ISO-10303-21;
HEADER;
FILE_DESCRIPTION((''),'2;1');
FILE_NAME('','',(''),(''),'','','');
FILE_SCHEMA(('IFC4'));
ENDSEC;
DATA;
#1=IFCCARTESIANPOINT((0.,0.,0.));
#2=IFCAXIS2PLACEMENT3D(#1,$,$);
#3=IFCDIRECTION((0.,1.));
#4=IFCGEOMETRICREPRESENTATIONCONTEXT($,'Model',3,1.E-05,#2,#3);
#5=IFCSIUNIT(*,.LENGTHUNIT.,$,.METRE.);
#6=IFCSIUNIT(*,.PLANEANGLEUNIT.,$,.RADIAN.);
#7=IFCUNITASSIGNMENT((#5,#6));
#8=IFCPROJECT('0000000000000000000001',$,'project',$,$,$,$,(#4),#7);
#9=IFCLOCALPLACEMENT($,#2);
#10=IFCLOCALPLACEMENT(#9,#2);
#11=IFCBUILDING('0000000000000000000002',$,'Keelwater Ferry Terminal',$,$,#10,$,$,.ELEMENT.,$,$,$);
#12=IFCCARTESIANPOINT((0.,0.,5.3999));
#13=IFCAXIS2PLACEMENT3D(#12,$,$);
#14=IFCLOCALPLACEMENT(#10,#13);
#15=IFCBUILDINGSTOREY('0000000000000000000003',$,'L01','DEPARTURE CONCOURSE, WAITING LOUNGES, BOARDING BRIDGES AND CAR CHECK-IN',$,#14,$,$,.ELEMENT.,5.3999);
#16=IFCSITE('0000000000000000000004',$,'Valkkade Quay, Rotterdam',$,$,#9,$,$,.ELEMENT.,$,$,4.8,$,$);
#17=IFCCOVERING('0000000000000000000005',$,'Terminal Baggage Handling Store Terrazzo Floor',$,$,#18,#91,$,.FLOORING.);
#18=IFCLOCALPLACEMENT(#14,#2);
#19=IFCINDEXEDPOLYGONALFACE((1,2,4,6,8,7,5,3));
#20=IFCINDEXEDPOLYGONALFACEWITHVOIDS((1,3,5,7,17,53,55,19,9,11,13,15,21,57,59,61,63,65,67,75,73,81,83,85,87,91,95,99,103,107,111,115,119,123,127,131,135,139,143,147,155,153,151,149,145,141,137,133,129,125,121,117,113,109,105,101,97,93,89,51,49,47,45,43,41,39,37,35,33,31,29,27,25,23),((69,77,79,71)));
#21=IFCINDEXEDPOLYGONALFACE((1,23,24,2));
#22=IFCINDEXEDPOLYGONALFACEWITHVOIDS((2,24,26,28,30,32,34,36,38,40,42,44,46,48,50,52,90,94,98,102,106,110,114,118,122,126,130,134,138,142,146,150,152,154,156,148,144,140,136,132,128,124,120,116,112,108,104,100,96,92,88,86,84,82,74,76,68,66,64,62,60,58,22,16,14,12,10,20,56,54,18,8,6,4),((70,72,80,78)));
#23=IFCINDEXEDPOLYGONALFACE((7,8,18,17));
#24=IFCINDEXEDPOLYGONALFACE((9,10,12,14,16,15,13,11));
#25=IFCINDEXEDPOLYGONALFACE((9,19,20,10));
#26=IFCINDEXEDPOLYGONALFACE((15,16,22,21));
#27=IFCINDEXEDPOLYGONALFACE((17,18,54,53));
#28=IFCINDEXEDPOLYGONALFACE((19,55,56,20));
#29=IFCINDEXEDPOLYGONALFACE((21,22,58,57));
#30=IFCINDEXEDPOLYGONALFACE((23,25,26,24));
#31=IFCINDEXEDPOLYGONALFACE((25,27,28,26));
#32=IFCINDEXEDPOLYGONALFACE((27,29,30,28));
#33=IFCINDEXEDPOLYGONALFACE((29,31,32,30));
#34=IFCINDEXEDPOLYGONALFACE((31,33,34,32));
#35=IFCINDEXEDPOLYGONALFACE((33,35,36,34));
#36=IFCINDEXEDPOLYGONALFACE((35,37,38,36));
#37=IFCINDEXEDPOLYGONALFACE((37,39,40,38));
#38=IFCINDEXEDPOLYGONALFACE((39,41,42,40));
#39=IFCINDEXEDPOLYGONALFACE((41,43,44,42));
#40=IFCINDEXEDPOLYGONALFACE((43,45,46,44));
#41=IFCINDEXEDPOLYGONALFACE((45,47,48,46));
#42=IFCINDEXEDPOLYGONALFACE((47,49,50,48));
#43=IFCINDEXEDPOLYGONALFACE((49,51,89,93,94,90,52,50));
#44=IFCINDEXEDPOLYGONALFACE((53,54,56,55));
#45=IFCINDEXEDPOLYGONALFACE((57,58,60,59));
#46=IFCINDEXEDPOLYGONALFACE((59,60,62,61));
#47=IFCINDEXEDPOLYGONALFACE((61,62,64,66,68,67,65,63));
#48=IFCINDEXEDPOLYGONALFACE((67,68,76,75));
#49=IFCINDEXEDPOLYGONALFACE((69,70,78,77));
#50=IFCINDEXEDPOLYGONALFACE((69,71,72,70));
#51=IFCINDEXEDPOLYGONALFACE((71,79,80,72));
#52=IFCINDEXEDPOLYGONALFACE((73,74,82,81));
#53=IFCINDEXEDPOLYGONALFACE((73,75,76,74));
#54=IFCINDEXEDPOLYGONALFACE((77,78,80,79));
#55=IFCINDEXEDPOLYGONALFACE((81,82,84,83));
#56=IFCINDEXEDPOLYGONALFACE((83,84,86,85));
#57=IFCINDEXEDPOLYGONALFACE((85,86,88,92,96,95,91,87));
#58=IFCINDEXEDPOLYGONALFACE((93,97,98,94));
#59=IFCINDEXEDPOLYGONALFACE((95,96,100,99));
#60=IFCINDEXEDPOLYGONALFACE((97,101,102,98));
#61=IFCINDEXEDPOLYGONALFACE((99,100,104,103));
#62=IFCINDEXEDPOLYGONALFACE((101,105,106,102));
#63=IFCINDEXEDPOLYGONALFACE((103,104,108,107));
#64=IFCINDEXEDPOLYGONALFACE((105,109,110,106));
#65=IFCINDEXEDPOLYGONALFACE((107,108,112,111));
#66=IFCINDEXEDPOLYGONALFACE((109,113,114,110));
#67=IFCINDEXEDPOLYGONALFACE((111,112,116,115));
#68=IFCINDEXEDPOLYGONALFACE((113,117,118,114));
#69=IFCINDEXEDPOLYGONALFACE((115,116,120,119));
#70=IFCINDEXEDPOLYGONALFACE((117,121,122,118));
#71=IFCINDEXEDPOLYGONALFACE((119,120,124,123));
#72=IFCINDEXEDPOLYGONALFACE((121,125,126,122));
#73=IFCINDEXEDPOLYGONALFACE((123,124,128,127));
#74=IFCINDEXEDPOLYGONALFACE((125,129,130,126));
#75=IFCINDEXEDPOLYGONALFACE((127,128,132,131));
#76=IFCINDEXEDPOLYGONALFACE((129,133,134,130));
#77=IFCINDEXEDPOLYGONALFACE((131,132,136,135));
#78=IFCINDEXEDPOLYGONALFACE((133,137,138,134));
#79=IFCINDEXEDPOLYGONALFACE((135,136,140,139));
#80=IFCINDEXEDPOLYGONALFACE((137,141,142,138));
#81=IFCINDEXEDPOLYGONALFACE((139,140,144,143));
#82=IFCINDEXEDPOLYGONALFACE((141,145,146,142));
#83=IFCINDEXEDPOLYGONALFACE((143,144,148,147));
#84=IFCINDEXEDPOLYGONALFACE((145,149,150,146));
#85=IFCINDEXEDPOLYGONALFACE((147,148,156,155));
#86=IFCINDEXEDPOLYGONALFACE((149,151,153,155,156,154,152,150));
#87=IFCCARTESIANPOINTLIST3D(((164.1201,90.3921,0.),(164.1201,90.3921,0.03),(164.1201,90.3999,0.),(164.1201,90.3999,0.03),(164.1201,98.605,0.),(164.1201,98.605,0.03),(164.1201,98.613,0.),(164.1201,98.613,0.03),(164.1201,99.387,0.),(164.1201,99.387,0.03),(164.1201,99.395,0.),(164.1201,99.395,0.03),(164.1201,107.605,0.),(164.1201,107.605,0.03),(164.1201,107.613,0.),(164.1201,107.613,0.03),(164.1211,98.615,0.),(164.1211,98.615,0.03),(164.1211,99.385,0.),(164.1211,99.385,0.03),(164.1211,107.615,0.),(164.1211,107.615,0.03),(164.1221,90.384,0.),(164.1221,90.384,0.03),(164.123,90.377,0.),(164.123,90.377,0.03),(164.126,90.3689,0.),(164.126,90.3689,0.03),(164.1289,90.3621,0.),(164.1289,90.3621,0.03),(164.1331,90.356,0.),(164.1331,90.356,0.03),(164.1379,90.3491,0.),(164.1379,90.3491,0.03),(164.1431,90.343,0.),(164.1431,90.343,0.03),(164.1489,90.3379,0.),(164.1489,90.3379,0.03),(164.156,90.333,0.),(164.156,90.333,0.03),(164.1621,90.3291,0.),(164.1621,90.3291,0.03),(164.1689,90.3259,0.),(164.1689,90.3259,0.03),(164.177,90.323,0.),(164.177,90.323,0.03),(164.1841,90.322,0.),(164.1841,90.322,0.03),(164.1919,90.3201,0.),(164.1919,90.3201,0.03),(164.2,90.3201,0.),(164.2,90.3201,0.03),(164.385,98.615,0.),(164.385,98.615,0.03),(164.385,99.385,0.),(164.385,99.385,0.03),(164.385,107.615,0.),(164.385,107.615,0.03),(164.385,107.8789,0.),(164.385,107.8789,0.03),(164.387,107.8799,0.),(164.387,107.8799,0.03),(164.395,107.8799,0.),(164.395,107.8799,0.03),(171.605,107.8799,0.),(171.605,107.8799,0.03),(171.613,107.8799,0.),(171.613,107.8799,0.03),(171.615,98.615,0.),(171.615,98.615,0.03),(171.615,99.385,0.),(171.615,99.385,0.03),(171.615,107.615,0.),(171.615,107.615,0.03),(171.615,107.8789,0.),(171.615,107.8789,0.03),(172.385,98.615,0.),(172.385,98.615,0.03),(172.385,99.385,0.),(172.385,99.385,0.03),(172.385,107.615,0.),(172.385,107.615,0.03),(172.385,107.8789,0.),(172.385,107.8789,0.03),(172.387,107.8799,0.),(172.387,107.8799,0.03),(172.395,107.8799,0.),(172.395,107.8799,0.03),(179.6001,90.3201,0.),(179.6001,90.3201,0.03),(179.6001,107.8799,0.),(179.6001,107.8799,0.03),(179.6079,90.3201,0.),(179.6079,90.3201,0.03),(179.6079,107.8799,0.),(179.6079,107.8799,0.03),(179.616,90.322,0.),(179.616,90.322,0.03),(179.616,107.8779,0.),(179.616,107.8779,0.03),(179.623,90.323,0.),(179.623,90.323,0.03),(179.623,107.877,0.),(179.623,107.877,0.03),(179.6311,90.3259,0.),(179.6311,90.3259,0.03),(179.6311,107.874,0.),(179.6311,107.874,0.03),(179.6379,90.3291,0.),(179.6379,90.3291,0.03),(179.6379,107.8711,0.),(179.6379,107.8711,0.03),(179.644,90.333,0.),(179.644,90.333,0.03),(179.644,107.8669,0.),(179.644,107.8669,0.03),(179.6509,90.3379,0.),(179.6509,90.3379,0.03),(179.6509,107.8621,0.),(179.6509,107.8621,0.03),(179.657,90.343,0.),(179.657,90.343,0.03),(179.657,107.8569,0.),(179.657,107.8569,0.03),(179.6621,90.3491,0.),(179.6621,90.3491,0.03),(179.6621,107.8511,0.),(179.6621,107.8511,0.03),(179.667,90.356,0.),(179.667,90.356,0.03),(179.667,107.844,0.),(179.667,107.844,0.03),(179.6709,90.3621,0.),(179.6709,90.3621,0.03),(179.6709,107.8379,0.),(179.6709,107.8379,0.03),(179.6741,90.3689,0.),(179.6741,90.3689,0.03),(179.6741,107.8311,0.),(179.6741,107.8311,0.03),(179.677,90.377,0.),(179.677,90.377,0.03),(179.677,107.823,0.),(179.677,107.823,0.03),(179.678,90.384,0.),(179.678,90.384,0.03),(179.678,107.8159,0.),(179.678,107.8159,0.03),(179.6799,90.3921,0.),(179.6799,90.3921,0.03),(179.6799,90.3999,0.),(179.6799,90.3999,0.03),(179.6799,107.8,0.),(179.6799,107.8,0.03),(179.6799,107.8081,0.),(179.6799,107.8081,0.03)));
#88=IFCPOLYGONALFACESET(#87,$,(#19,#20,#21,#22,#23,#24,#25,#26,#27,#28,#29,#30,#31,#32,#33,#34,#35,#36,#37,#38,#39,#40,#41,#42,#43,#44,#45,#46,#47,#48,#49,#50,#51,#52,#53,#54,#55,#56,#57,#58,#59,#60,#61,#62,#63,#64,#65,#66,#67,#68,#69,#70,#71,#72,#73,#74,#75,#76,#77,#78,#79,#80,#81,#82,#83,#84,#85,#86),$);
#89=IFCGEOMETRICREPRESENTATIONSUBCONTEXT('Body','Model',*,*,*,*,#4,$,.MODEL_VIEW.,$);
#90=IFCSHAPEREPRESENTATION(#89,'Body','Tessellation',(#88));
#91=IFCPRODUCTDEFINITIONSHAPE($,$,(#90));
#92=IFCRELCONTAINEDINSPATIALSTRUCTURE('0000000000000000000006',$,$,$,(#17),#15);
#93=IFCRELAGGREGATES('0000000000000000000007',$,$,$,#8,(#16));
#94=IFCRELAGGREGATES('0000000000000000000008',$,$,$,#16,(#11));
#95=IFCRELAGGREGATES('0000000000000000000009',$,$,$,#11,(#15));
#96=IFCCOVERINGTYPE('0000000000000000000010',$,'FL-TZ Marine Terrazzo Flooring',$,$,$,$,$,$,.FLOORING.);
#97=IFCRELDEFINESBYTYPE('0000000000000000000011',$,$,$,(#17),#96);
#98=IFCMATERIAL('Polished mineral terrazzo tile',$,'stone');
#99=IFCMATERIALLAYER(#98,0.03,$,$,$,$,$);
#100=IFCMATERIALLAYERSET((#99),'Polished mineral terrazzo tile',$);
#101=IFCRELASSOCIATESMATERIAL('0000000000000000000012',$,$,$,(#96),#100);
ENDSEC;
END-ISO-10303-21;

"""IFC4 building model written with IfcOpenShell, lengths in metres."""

from ifc_helpers import new_model, si_unit, direction, frame, origin, place, context, subcontext, project, spatial, polyline, outline, extrude, material, layer, layer_set, type_object, element, save


model = new_model("IFC4")

# Units and contexts
model_context = context("Model", 3, precision=1e-05, world=origin(), true_north=direction((0.0, 1.0)))
body_context = subcontext(model_context, "Body", "Model", "MODEL_VIEW")
ifc_project = project(units=[si_unit("LENGTHUNIT", "METRE"), si_unit("PLANEANGLEUNIT", "RADIAN")], contexts=[model_context])

# Site, building, storey
site_placement = place(None, origin())
site = spatial("IfcSite", under=ifc_project, at=site_placement, Name="Valkkade Quay, Rotterdam", CompositionType="ELEMENT", RefElevation=4.8)
building_placement = place(site_placement, origin())
building = spatial("IfcBuilding", under=site, at=building_placement, Name="Keelwater Ferry Terminal", CompositionType="ELEMENT")
storey_placement = place(building_placement, frame((0.0, 0.0, 5.3999)))
storey = spatial("IfcBuildingStorey", under=building, at=storey_placement, Name="L01", Description="DEPARTURE CONCOURSE, WAITING LOUNGES, BOARDING BRIDGES AND CAR CHECK-IN", CompositionType="ELEMENT", Elevation=5.3999)

# Covering
ifc_material_1 = material(Name="Polished mineral terrazzo tile", Category="stone")
ifc_layer_1 = layer(ifc_material_1, 0.03)
ifc_layer_set_1 = layer_set([ifc_layer_1], Name="Polished mineral terrazzo tile")
covering_type_1 = type_object("IfcCoveringType", Name="FL-TZ Marine Terrazzo Flooring", PredefinedType="FLOORING", material=ifc_layer_set_1)
covering_1_placement = place(storey_placement, origin())
element("IfcCovering", 1, at=covering_1_placement, inside=storey, type_object=covering_type_1, Name="Terminal Baggage Handling Store Terrazzo Floor", PredefinedType="FLOORING", context=body_context, shape_type="SweptSolid", body=[
    extrude(outline(polyline([(171.615, 107.8789), (171.615, 107.615), (172.385, 107.615), (172.385, 107.8789), (172.387, 107.8799), (172.395, 107.8799), (179.6001, 107.8799), (179.6079, 107.8799), (179.616, 107.8779), (179.623, 107.877), (179.6311, 107.874), (179.6379, 107.8711), (179.644, 107.8669), (179.6509, 107.8621), (179.657, 107.8569), (179.6621, 107.8511), (179.667, 107.844), (179.6709, 107.8379), (179.6741, 107.8311), (179.677, 107.823), (179.678, 107.8159), (179.6799, 107.8081), (179.6799, 107.8), (179.6799, 90.3999), (179.6799, 90.3921), (179.678, 90.384), (179.677, 90.377), (179.6741, 90.3689), (179.6709, 90.3621), (179.667, 90.356), (179.6621, 90.3491), (179.657, 90.343), (179.6509, 90.3379), (179.644, 90.333), (179.6379, 90.3291), (179.6311, 90.3259), (179.623, 90.323), (179.616, 90.322), (179.6079, 90.3201), (179.6001, 90.3201), (164.2, 90.3201), (164.1919, 90.3201), (164.1841, 90.322), (164.177, 90.323), (164.1689, 90.3259), (164.1621, 90.3291), (164.156, 90.333), (164.1489, 90.3379), (164.1431, 90.343), (164.1379, 90.3491), (164.1331, 90.356), (164.1289, 90.3621), (164.126, 90.3689), (164.123, 90.377), (164.1221, 90.384), (164.1201, 90.3921), (164.1201, 90.3999), (164.1201, 98.605), (164.1201, 98.613), (164.1211, 98.615), (164.385, 98.615), (164.385, 99.385), (164.1211, 99.385), (164.1201, 99.387), (164.1201, 99.395), (164.1201, 107.605), (164.1201, 107.613), (164.1211, 107.615), (164.385, 107.615), (164.385, 107.8789), (164.387, 107.8799), (164.395, 107.8799), (171.605, 107.8799), (171.613, 107.8799), (171.615, 107.8789)]), holes=[polyline([(171.615, 99.385), (171.615, 98.615), (172.385, 98.615), (172.385, 99.385), (171.615, 99.385)])]), origin(), (0.0, 0.0, 1.0), 0.03),
])

save(model, "model.ifc")
